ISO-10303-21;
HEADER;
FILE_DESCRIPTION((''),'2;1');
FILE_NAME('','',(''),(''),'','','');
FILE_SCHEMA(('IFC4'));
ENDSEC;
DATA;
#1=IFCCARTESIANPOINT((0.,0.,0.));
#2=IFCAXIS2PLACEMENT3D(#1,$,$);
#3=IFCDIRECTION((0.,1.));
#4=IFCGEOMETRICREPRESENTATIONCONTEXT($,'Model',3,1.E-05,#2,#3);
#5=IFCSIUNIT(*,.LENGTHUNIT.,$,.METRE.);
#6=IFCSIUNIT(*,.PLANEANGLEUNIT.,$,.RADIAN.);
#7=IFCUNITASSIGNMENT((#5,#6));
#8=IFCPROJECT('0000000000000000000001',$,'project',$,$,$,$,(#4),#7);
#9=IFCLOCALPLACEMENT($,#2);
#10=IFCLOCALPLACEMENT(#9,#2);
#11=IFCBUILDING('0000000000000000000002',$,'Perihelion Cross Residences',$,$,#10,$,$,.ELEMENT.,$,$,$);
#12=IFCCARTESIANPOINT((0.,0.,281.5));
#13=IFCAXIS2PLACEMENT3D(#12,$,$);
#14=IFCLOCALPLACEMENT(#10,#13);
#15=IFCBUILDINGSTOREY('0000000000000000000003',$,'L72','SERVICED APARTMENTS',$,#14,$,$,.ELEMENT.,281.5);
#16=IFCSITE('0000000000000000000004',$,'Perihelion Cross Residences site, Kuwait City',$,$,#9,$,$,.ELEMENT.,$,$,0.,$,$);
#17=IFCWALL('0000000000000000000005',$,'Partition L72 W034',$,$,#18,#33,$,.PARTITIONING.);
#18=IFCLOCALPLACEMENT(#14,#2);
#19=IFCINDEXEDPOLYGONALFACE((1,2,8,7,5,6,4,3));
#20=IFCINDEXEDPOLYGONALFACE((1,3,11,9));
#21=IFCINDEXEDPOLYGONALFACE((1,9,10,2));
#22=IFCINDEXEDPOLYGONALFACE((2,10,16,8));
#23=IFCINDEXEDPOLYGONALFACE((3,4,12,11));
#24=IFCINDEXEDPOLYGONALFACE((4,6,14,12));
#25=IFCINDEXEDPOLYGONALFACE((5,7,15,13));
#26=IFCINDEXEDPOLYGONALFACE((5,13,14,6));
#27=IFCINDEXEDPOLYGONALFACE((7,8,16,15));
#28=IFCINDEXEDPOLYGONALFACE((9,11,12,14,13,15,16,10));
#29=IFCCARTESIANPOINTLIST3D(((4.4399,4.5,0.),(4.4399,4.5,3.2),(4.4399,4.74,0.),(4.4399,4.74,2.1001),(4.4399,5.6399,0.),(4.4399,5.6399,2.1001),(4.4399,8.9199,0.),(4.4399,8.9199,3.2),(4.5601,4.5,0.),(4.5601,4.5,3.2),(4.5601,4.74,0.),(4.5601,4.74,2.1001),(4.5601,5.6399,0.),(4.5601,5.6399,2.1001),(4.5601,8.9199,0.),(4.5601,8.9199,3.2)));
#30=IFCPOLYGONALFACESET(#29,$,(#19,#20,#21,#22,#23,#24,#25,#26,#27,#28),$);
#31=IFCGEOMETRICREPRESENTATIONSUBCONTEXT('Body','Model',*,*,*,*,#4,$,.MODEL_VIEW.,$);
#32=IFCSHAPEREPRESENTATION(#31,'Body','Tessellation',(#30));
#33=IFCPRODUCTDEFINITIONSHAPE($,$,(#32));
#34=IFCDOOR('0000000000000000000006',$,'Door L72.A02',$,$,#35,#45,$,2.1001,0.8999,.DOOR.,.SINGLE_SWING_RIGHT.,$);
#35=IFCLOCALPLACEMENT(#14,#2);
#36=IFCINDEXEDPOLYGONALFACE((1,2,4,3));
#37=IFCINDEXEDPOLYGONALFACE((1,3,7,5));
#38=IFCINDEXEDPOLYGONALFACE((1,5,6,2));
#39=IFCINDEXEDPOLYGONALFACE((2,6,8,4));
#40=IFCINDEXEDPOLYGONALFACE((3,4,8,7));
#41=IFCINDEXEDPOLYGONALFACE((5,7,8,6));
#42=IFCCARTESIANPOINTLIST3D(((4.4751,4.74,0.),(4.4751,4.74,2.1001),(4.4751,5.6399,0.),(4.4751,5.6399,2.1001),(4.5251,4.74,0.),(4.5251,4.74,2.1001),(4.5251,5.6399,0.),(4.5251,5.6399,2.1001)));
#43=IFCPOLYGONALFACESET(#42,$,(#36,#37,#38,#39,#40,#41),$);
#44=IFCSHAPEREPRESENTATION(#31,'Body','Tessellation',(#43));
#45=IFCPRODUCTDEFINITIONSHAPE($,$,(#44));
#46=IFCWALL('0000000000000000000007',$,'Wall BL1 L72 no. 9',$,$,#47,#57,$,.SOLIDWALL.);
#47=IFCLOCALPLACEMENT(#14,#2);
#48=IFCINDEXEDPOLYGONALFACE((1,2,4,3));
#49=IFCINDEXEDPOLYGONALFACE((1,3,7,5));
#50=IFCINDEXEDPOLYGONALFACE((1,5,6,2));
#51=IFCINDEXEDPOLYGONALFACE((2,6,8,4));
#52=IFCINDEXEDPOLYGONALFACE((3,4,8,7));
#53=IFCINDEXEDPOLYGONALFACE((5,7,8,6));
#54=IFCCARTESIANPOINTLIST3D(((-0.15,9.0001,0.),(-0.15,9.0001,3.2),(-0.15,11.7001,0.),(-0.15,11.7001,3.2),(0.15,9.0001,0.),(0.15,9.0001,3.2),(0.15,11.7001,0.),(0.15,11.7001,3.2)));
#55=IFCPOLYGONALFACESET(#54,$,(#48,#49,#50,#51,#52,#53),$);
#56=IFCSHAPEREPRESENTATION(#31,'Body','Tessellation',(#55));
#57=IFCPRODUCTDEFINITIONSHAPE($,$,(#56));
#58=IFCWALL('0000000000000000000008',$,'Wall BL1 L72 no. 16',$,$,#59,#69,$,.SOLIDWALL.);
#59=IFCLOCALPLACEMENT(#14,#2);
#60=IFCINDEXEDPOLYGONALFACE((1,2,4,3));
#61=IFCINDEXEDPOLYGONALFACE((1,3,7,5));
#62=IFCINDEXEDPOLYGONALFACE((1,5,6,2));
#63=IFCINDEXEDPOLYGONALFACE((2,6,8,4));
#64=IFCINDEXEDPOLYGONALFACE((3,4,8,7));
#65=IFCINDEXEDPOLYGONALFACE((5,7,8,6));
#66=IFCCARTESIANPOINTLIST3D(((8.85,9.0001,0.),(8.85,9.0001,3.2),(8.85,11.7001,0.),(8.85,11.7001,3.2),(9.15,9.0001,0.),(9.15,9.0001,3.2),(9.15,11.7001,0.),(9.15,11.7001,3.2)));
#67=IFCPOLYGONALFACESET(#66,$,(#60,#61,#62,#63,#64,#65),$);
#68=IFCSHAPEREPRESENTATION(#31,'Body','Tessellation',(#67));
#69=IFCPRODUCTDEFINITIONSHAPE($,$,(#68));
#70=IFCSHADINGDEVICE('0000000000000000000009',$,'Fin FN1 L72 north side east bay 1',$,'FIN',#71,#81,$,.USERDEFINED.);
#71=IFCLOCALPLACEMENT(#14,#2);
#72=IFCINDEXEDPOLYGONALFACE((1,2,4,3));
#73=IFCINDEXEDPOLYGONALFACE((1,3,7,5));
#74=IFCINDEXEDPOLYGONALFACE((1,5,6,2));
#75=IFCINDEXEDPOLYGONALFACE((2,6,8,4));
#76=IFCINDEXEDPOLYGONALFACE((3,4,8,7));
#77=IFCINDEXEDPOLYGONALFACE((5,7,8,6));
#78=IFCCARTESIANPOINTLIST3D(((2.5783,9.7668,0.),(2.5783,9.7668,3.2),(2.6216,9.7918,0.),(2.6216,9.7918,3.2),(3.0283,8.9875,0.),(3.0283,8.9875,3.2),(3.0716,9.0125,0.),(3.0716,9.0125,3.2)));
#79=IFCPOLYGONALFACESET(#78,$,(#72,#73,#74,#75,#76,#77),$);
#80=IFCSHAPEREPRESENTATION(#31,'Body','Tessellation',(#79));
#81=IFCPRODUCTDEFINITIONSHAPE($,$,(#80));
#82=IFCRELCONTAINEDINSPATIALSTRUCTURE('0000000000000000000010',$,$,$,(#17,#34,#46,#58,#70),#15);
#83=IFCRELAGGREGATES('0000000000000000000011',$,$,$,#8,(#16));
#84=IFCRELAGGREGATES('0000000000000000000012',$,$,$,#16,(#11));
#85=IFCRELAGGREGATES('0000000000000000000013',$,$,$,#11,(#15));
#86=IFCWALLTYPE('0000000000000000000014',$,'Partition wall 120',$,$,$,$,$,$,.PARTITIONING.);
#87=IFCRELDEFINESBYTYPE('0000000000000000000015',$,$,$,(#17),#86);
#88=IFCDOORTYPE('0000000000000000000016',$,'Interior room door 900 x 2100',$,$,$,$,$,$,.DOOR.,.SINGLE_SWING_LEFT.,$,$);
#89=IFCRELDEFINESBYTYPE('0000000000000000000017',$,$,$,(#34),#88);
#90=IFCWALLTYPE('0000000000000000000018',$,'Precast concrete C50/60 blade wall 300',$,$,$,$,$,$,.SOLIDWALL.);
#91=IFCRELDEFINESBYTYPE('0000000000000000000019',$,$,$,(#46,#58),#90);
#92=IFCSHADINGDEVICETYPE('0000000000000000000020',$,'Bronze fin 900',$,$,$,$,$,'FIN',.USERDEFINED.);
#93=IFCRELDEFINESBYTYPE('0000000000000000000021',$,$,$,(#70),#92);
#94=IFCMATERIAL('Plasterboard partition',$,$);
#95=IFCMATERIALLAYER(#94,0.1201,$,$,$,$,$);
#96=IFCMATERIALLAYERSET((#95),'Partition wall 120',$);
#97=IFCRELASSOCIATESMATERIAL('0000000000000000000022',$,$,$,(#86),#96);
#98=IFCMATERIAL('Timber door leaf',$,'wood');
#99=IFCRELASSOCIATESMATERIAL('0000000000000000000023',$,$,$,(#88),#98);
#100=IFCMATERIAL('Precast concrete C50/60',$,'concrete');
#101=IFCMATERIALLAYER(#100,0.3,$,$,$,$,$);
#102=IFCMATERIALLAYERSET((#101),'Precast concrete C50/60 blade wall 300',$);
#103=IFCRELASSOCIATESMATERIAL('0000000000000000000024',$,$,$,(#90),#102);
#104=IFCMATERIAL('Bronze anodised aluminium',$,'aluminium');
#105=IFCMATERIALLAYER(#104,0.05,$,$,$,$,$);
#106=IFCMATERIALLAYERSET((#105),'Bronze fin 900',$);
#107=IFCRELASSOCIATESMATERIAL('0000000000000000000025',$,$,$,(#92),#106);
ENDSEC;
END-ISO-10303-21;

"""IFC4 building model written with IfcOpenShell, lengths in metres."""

from ifc_helpers import new_model, si_unit, direction, frame, frame_2d, origin, origin_2d, place, context, subcontext, project, spatial, rectangle, extrude, material, layer, layer_set, type_object, element, fill, save


model = new_model("IFC4")

# Units and contexts
model_context = context("Model", 3, precision=1e-05, world=origin(), true_north=direction((0.0, 1.0)))
body_context = subcontext(model_context, "Body", "Model", "MODEL_VIEW")
ifc_project = project(units=[si_unit("LENGTHUNIT", "METRE"), si_unit("PLANEANGLEUNIT", "RADIAN")], contexts=[model_context])

# Site, building, storey
site_placement = place(None, origin())
site = spatial("IfcSite", under=ifc_project, at=site_placement, Name="Perihelion Cross Residences site, Kuwait City", CompositionType="ELEMENT", RefElevation=0.0)
building_placement = place(site_placement, origin())
building = spatial("IfcBuilding", under=site, at=building_placement, Name="Perihelion Cross Residences", CompositionType="ELEMENT")
storey_placement = place(building_placement, frame((0.0, 0.0, 281.5)))
storey = spatial("IfcBuildingStorey", under=building, at=storey_placement, Name="L72", Description="SERVICED APARTMENTS", CompositionType="ELEMENT", Elevation=281.5)

# Shared definitions
ifc_material_1 = material(Name="Plasterboard partition")
ifc_layer_1 = layer(ifc_material_1, 0.1201)
ifc_layer_set_1 = layer_set([ifc_layer_1], Name="Partition wall 120")
wall_type_1 = type_object("IfcWallType", Name="Partition wall 120", PredefinedType="PARTITIONING", material=ifc_layer_set_1)
ifc_material_2 = material(Name="Timber door leaf", Category="wood")
door_type_1 = type_object("IfcDoorType", Name="Interior room door 900 x 2100", OperationType="SINGLE_SWING_LEFT", PredefinedType="DOOR", material=ifc_material_2)

# Wall, opening, door
wall_1_placement = place(storey_placement, frame((4.5, 4.5, 0.0), z_axis=(0.0, 0.0, 1.0), x_axis=(0.0, 1.0, 0.0)))
wall_1 = element("IfcWall", 1, at=wall_1_placement, inside=storey, type_object=wall_type_1, Name="Partition L72 W034", PredefinedType="PARTITIONING", context=body_context, shape_type="SweptSolid", body=[
    extrude(rectangle(XDim=4.4199, YDim=0.1201, at=frame_2d((2.21, 0.0))), origin(), (0.0, 0.0, 1.0), 3.2),
])
opening_1_placement = place(wall_1_placement, frame((0.24, 0.0, 0.0)))
opening_1 = element("IfcOpeningElement", 2, at=opening_1_placement, cuts=wall_1, PredefinedType="OPENING", context=body_context, shape_type="SweptSolid", body=[
    extrude(rectangle(XDim=0.8999, YDim=2.1001, at=frame_2d((0.45, 1.05))), frame((0.0, 0.0701, 0.0), z_axis=(0.0, -1.0, 0.0), x_axis=(1.0, 0.0, 0.0)), (0.0, 0.0, 1.0), 0.1401),
])
door_1_placement = place(opening_1_placement, origin())
door_1 = element("IfcDoor", 3, at=door_1_placement, inside=storey, type_object=door_type_1, Name="Door L72.A02", OperationType="SINGLE_SWING_RIGHT", OverallHeight=2.1001, OverallWidth=0.8999, PredefinedType="DOOR", context=body_context, shape_type="SweptSolid", body=[
    extrude(rectangle(XDim=0.8999, YDim=2.1001, at=frame_2d((0.45, 1.05))), frame((0.0, 0.0249, 0.0), z_axis=(0.0, -1.0, 0.0), x_axis=(1.0, 0.0, 0.0)), (0.0, 0.0, 1.0), 0.05),
])
fill(opening_1, door_1)

# Walls
ifc_material_3 = material(Name="Precast concrete C50/60", Category="concrete")
ifc_layer_2 = layer(ifc_material_3, 0.3)
ifc_layer_set_2 = layer_set([ifc_layer_2], Name="Precast concrete C50/60 blade wall 300")
wall_type_2 = type_object("IfcWallType", Name="Precast concrete C50/60 blade wall 300", PredefinedType="SOLIDWALL", material=ifc_layer_set_2)
for number, where, z_axis, x_axis, name in (
    (4, (0.0, 9.0, 0.0), (0.0, 0.0, 1.0), (0.0, 1.0, 0.0), "Wall BL1 L72 no. 9"),
    (5, (9.0, 9.0, 0.0), (0.0, 0.0, 1.0), (0.0, 1.0, 0.0), "Wall BL1 L72 no. 16"),
):
    element("IfcWall", number, at=place(storey_placement, frame(where, z_axis=z_axis, x_axis=x_axis)), inside=storey, type_object=wall_type_2, Name=name, PredefinedType="SOLIDWALL", context=body_context, shape_type="SweptSolid", body=[
        extrude(rectangle(XDim=2.7, YDim=0.3, at=frame_2d((1.3501, 0.0))), origin(), (0.0, 0.0, 1.0), 3.2),
    ])

# Shading device
ifc_material_4 = material(Name="Bronze anodised aluminium", Category="aluminium")
ifc_layer_3 = layer(ifc_material_4, 0.05)
ifc_layer_set_3 = layer_set([ifc_layer_3], Name="Bronze fin 900")
shading_device_type = type_object("IfcShadingDeviceType", Name="Bronze fin 900", ElementType="FIN", PredefinedType="USERDEFINED", material=ifc_layer_set_3)
shading_device_placement = place(storey_placement, frame((2.825, 9.3896, 0.0), z_axis=(0.0, 0.0, 1.0), x_axis=(-0.5, 0.866025, 0.0)))
element("IfcShadingDevice", 6, at=shading_device_placement, inside=storey, type_object=shading_device_type, Name="Fin FN1 L72 north side east bay 1", ObjectType="FIN", PredefinedType="USERDEFINED", context=body_context, shape_type="SweptSolid", body=[
    extrude(rectangle(XDim=0.8999, YDim=0.05, at=origin_2d()), origin(), (0.0, 0.0, 1.0), 3.2),
])

save(model, "model.ifc")
